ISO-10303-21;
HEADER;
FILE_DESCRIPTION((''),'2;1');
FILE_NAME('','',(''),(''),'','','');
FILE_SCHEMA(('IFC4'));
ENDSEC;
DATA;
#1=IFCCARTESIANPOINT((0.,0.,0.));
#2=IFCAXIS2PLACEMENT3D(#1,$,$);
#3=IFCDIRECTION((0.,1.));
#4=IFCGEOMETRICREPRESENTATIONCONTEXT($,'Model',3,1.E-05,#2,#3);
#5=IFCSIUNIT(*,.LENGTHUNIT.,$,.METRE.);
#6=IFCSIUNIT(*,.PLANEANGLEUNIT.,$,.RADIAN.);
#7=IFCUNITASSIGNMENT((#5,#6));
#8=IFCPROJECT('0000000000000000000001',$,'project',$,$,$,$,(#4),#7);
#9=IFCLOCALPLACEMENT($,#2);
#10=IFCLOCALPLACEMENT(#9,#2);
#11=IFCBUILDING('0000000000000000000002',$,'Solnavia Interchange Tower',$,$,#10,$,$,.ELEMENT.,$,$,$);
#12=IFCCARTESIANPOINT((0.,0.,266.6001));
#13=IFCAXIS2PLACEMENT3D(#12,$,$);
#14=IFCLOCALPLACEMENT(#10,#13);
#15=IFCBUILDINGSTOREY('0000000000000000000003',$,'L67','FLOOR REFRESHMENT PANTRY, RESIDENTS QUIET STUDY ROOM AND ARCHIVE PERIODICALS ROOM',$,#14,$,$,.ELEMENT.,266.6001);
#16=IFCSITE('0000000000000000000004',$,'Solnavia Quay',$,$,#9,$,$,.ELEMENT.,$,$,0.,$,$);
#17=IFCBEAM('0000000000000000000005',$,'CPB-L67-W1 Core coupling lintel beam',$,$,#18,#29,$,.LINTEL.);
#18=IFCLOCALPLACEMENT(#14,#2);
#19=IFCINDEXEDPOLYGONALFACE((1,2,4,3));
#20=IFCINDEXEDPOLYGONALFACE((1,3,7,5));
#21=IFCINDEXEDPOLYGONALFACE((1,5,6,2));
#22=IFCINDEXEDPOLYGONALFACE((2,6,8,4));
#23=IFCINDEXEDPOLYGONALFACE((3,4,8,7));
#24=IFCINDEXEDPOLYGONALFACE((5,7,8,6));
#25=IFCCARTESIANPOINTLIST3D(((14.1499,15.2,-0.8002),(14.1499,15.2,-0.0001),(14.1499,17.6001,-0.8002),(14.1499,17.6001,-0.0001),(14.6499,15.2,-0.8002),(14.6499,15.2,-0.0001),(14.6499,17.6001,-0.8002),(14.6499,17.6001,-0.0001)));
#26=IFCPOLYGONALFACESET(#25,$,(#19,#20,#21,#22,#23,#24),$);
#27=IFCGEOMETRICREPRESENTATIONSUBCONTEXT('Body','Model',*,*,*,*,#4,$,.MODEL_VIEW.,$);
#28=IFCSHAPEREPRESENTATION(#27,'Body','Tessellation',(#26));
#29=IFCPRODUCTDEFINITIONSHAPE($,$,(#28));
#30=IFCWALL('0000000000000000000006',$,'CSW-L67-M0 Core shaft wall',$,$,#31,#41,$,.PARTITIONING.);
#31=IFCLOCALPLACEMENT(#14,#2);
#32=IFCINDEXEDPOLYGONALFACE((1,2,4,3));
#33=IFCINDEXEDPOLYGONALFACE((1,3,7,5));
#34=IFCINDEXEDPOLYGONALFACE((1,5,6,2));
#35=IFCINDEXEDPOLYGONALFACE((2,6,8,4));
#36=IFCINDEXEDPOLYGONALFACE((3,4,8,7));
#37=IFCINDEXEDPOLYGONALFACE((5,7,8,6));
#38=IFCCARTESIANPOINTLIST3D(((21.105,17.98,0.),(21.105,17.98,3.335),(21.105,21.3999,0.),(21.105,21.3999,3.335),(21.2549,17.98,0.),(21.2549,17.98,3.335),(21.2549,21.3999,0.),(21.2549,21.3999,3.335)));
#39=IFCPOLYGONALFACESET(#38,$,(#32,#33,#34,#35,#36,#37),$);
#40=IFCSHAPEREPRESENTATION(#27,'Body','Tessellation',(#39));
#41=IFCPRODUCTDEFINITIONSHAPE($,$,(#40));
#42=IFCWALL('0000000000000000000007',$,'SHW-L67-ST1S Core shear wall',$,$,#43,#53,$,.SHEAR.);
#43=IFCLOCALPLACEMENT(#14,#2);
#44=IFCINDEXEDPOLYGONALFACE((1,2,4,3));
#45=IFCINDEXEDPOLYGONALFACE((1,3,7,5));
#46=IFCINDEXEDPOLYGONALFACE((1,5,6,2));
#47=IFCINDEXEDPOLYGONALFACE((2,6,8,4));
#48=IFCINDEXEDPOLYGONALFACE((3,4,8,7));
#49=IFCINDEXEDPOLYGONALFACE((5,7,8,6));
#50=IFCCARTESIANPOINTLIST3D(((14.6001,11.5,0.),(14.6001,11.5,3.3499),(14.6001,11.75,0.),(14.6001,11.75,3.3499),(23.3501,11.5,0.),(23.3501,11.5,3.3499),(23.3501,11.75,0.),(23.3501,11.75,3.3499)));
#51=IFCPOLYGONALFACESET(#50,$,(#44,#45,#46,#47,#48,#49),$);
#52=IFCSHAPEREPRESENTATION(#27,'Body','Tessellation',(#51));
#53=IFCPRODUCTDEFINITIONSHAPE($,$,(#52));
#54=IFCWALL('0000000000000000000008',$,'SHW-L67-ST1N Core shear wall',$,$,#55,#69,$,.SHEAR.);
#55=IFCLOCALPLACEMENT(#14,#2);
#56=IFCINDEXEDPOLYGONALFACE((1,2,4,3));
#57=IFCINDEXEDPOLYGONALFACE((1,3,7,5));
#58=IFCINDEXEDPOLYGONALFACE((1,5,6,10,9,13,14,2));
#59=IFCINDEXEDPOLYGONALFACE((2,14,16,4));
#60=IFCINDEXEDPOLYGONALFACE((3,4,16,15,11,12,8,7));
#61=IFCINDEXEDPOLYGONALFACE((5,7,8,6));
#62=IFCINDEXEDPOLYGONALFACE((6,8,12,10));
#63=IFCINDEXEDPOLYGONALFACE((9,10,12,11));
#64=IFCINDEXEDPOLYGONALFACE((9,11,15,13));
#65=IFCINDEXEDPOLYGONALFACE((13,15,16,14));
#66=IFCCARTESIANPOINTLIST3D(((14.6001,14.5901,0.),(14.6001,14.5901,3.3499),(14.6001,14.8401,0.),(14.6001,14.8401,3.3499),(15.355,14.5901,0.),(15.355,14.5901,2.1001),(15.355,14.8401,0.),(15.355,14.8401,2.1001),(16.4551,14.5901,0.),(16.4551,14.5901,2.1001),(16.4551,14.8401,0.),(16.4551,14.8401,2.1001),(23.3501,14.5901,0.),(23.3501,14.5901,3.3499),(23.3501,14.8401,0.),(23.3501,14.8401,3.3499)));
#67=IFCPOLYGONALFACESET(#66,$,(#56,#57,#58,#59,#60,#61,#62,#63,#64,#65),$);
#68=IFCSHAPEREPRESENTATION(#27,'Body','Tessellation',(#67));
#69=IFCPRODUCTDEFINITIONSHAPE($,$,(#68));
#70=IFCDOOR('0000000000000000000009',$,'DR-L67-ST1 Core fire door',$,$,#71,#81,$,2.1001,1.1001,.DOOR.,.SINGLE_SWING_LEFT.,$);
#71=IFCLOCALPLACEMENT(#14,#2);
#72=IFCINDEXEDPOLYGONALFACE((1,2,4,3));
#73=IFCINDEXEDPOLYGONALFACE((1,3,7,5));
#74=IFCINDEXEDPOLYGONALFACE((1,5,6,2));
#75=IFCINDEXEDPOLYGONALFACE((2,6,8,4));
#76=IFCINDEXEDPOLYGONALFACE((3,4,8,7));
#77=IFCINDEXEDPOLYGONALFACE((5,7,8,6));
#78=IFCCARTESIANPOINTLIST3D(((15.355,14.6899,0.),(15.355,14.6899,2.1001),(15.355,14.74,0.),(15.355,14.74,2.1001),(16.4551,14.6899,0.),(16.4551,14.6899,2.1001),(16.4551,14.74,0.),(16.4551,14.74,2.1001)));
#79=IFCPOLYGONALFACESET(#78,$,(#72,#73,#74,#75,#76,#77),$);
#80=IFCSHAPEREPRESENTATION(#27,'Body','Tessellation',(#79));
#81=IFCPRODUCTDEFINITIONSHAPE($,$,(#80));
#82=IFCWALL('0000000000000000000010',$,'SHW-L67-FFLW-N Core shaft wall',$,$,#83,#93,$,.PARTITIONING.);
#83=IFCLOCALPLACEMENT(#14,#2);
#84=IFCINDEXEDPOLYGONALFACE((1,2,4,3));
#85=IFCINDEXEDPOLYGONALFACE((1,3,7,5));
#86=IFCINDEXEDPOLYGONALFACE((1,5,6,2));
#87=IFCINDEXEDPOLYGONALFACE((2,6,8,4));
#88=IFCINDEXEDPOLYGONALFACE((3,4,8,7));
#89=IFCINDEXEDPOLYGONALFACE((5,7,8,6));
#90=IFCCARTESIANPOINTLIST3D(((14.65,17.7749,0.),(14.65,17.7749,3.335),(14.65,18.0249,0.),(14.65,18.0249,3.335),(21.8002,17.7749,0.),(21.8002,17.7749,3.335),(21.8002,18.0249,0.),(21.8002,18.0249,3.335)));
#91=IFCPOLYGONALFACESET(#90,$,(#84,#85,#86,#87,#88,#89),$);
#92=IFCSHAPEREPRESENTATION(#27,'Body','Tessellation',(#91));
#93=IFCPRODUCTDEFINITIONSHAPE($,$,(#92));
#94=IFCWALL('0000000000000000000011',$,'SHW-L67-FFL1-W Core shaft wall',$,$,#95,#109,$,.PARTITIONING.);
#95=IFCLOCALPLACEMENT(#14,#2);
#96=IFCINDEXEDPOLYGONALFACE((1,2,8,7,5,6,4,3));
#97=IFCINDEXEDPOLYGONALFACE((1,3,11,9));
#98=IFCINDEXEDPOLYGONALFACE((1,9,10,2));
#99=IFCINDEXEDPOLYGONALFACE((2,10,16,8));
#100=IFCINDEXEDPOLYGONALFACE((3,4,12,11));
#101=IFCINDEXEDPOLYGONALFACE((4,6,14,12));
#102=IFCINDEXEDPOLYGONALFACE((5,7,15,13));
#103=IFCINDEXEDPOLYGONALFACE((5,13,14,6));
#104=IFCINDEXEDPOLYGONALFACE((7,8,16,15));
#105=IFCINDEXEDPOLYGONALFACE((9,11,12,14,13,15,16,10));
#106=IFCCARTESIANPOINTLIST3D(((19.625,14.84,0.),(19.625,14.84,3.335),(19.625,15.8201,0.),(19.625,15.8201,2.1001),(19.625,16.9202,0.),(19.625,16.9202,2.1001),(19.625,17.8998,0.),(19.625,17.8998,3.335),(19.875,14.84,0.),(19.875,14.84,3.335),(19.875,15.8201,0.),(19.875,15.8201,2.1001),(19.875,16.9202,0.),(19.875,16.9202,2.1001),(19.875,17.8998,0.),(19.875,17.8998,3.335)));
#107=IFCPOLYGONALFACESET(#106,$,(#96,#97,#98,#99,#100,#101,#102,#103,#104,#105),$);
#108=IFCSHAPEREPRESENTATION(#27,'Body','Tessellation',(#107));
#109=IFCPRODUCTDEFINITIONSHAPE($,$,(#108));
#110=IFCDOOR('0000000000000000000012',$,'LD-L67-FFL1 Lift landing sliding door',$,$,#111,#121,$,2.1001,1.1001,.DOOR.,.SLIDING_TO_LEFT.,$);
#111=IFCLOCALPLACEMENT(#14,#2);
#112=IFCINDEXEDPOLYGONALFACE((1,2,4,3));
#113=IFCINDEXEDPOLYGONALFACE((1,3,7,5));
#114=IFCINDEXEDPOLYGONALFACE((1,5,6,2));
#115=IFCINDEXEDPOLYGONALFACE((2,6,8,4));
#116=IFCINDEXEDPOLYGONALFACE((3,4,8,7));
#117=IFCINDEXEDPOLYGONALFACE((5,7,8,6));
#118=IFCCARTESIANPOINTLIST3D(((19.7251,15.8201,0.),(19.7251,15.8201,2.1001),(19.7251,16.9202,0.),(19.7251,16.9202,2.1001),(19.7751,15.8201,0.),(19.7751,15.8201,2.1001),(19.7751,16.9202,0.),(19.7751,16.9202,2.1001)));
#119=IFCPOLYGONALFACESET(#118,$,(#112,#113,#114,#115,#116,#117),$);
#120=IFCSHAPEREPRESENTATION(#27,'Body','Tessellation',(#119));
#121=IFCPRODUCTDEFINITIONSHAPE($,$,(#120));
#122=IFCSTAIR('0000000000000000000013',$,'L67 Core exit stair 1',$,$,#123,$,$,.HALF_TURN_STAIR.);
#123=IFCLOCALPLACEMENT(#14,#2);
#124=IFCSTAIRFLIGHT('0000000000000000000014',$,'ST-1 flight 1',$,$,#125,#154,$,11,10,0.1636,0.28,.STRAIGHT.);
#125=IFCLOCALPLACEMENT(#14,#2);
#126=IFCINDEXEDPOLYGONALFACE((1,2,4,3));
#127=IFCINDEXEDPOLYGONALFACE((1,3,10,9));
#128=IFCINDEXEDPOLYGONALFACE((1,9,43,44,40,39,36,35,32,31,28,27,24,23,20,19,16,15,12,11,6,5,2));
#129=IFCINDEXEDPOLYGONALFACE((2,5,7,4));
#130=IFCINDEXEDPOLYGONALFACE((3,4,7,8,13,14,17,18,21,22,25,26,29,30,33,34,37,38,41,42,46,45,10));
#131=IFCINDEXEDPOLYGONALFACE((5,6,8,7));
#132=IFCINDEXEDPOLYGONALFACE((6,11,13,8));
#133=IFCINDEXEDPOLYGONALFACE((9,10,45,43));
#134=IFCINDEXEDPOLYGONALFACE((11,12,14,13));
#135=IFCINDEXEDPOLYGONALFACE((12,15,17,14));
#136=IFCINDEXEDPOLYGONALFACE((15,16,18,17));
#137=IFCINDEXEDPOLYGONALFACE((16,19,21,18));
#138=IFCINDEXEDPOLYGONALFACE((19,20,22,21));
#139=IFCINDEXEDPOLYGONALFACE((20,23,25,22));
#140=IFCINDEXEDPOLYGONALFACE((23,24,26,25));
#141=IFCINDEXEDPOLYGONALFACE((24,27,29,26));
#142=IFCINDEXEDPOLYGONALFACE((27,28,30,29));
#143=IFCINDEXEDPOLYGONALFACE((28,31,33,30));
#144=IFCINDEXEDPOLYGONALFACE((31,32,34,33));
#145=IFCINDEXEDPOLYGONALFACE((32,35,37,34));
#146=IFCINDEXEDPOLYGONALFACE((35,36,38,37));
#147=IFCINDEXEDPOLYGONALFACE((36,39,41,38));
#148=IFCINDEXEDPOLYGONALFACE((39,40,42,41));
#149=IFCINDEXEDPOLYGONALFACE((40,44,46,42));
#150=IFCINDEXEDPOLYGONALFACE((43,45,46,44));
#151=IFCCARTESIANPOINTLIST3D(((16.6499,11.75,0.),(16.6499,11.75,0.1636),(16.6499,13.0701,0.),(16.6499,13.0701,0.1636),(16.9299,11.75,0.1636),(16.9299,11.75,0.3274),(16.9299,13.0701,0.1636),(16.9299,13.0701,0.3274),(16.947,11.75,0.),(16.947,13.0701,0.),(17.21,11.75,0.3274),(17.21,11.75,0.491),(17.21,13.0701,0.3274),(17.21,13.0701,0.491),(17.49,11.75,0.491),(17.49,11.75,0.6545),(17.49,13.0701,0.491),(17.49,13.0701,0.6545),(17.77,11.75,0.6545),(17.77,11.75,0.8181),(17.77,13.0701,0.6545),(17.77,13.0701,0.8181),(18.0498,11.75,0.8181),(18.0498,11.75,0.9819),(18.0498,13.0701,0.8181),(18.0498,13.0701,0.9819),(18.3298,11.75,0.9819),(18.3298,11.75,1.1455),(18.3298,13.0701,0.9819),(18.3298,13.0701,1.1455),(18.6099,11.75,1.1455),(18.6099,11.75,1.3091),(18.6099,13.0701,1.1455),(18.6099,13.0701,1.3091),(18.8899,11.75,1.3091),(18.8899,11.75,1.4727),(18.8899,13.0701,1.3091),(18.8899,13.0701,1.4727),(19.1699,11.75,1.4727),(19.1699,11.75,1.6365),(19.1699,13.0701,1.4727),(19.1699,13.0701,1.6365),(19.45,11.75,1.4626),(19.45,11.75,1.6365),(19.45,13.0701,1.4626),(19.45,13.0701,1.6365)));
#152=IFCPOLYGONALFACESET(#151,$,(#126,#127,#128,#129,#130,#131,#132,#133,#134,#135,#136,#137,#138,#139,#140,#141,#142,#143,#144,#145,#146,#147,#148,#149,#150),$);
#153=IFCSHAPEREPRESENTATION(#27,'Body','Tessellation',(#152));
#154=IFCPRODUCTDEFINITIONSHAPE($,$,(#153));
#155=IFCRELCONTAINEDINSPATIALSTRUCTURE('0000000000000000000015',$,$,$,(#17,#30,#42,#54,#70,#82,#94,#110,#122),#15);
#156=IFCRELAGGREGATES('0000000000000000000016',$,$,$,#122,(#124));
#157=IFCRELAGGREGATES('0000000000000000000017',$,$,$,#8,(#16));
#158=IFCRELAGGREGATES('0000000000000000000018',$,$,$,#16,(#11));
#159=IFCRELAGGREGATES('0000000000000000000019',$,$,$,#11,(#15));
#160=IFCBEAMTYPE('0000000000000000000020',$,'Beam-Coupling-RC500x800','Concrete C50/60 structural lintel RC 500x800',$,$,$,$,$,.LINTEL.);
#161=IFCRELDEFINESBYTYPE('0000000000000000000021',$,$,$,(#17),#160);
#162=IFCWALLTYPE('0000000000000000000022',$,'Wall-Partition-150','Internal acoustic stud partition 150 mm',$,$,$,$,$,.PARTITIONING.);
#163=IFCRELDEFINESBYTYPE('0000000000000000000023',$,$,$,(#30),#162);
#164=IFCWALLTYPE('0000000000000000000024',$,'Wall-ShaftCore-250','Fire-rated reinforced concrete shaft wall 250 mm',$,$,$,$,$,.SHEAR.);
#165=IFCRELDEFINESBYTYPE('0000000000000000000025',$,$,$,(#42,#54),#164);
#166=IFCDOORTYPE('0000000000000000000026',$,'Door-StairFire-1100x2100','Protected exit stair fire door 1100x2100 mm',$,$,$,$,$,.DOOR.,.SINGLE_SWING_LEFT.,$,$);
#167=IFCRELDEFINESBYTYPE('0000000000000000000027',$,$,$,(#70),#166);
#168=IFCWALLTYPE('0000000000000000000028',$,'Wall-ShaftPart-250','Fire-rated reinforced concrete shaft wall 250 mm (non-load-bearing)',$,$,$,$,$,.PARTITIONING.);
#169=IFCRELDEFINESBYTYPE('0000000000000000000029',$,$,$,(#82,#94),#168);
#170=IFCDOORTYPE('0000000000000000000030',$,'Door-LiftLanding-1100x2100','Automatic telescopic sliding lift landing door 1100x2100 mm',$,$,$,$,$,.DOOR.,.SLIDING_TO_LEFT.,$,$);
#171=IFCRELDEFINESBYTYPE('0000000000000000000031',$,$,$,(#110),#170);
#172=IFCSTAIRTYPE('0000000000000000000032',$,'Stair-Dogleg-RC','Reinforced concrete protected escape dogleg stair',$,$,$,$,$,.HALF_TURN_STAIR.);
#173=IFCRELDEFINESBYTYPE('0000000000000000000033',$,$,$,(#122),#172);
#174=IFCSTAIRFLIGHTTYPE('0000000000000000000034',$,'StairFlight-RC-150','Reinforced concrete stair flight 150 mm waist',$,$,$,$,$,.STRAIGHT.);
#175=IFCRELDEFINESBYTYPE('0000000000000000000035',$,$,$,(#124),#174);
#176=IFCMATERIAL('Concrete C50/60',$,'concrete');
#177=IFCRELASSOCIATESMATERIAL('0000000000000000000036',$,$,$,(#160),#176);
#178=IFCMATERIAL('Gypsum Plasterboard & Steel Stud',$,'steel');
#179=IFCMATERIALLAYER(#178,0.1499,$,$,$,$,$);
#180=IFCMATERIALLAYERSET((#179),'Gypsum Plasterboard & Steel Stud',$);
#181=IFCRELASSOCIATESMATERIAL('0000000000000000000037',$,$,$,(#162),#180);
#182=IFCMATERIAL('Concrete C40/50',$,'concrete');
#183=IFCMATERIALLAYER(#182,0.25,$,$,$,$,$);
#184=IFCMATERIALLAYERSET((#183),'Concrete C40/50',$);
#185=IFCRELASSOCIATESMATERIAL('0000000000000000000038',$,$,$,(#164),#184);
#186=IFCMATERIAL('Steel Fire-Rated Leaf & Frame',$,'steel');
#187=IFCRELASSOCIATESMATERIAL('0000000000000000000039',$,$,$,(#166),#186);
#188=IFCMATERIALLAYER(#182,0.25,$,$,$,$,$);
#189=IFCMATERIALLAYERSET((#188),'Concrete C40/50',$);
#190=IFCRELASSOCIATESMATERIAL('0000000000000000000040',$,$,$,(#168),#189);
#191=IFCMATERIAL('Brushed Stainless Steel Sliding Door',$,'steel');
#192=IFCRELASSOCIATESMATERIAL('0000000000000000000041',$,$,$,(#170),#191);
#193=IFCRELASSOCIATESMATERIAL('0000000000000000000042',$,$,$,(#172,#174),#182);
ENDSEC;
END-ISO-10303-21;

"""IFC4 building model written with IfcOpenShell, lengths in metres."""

from ifc_helpers import new_model, si_unit, direction, frame, frame_2d, origin, origin_2d, place, context, subcontext, project, spatial, polyline, rectangle, outline, extrude, material, layer, layer_set, material_profile, profile_set, type_object, element, fill, aggregate, save


model = new_model("IFC4")

# Units and contexts
model_context = context("Model", 3, precision=1e-05, world=origin(), true_north=direction((0.0, 1.0)))
body_context = subcontext(model_context, "Body", "Model", "MODEL_VIEW")
ifc_project = project(units=[si_unit("LENGTHUNIT", "METRE"), si_unit("PLANEANGLEUNIT", "RADIAN")], contexts=[model_context])

# Site, building, storey
site_placement = place(None, origin())
site = spatial("IfcSite", under=ifc_project, at=site_placement, Name="Solnavia Quay", CompositionType="ELEMENT", RefElevation=0.0)
building_placement = place(site_placement, origin())
building = spatial("IfcBuilding", under=site, at=building_placement, Name="Solnavia Interchange Tower", CompositionType="ELEMENT")
storey_placement = place(building_placement, frame((0.0, 0.0, 266.6001)))
storey = spatial("IfcBuildingStorey", under=building, at=storey_placement, Name="L67", Description="FLOOR REFRESHMENT PANTRY, RESIDENTS QUIET STUDY ROOM AND ARCHIVE PERIODICALS ROOM", CompositionType="ELEMENT", Elevation=266.6001)

# Beam
ifc_material_1 = material(Name="Concrete C50/60", Category="concrete")
ifc_material_profile = material_profile(ifc_material_1, rectangle(XDim=0.5, YDim=0.8, at=origin_2d()), Name="RC 500x800")
ifc_profile_set = profile_set([ifc_material_profile], Name="Concrete C50/60")
beam_type = type_object("IfcBeamType", Name="Beam-Coupling-RC500x800", Description="Concrete C50/60 structural lintel RC 500x800", PredefinedType="LINTEL", material=ifc_profile_set)
beam_placement = place(storey_placement, frame((14.3999, 15.2, -0.4001), z_axis=(0.0, 1.0, 0.0), x_axis=(-1.0, 0.0, 0.0)))
element("IfcBeam", 1, at=beam_placement, inside=storey, type_object=beam_type, Name="CPB-L67-W1 Core coupling lintel beam", PredefinedType="LINTEL", context=body_context, shape_type="SweptSolid", body=[
    extrude(rectangle(XDim=0.5, YDim=0.8, at=origin_2d()), origin(), (0.0, 0.0, 1.0), 2.4001),
])

# Walls
ifc_material_2 = material(Name="Gypsum Plasterboard & Steel Stud", Category="steel")
ifc_layer_1 = layer(ifc_material_2, 0.1499)
ifc_layer_set_1 = layer_set([ifc_layer_1], Name="Gypsum Plasterboard & Steel Stud")
wall_type_1 = type_object("IfcWallType", Name="Wall-Partition-150", Description="Internal acoustic stud partition 150 mm", PredefinedType="PARTITIONING", material=ifc_layer_set_1)
wall_1_placement = place(storey_placement, frame((21.1799, 17.98, 0.0), z_axis=(0.0, 0.0, 1.0), x_axis=(0.0, 1.0, 0.0)))
element("IfcWall", 2, at=wall_1_placement, inside=storey, type_object=wall_type_1, Name="CSW-L67-M0 Core shaft wall", PredefinedType="PARTITIONING", context=body_context, shape_type="SweptSolid", body=[
    extrude(rectangle(XDim=3.4199, YDim=0.1499, at=frame_2d((1.71, 0.0))), origin(), (0.0, 0.0, 1.0), 3.335),
])
ifc_material_3 = material(Name="Concrete C40/50", Category="concrete")
ifc_layer_2 = layer(ifc_material_3, 0.25)
ifc_layer_set_2 = layer_set([ifc_layer_2], Name="Concrete C40/50")
wall_type_2 = type_object("IfcWallType", Name="Wall-ShaftCore-250", Description="Fire-rated reinforced concrete shaft wall 250 mm", PredefinedType="SHEAR", material=ifc_layer_set_2)
wall_2_placement = place(storey_placement, frame((14.6001, 11.625, 0.0), z_axis=(0.0, 0.0, 1.0), x_axis=(1.0, 0.0, 0.0)))
element("IfcWall", 3, at=wall_2_placement, inside=storey, type_object=wall_type_2, Name="SHW-L67-ST1S Core shear wall", PredefinedType="SHEAR", context=body_context, shape_type="SweptSolid", body=[
    extrude(rectangle(XDim=8.75, YDim=0.25, at=frame_2d((4.375, 0.0))), origin(), (0.0, 0.0, 1.0), 3.3499),
])

# Wall, opening, door
wall_3_placement = place(storey_placement, frame((14.6001, 14.7151, 0.0), z_axis=(0.0, 0.0, 1.0), x_axis=(1.0, 0.0, 0.0)))
wall_3 = element("IfcWall", 4, at=wall_3_placement, inside=storey, type_object=wall_type_2, Name="SHW-L67-ST1N Core shear wall", PredefinedType="SHEAR", context=body_context, shape_type="SweptSolid", body=[
    extrude(rectangle(XDim=8.75, YDim=0.25, at=frame_2d((4.375, 0.0))), origin(), (0.0, 0.0, 1.0), 3.3499),
])
opening_1_placement = place(wall_3_placement, frame((0.7549, 0.0, 0.0)))
opening_1 = element("IfcOpeningElement", 5, at=opening_1_placement, cuts=wall_3, PredefinedType="OPENING", context=body_context, shape_type="SweptSolid", body=[
    extrude(rectangle(XDim=1.1001, YDim=2.1001, at=frame_2d((0.55, 1.05))), frame((0.0, 0.135, 0.0), z_axis=(0.0, -1.0, 0.0), x_axis=(1.0, 0.0, 0.0)), (0.0, 0.0, 1.0), 0.27),
])
ifc_material_4 = material(Name="Steel Fire-Rated Leaf & Frame", Category="steel")
door_type_1 = type_object("IfcDoorType", Name="Door-StairFire-1100x2100", Description="Protected exit stair fire door 1100x2100 mm", OperationType="SINGLE_SWING_LEFT", PredefinedType="DOOR", material=ifc_material_4)
door_1_placement = place(opening_1_placement, origin())
door_1 = element("IfcDoor", 6, at=door_1_placement, inside=storey, type_object=door_type_1, Name="DR-L67-ST1 Core fire door", OperationType="SINGLE_SWING_LEFT", OverallHeight=2.1001, OverallWidth=1.1001, PredefinedType="DOOR", context=body_context, shape_type="SweptSolid", body=[
    extrude(rectangle(XDim=1.1001, YDim=2.1001, at=frame_2d((0.55, 1.05))), frame((0.0, 0.0249, 0.0), z_axis=(0.0, -1.0, 0.0), x_axis=(1.0, 0.0, 0.0)), (0.0, 0.0, 1.0), 0.05),
])
fill(opening_1, door_1)

# Wall
ifc_layer_3 = layer(ifc_material_3, 0.25)
ifc_layer_set_3 = layer_set([ifc_layer_3], Name="Concrete C40/50")
wall_type_3 = type_object("IfcWallType", Name="Wall-ShaftPart-250", Description="Fire-rated reinforced concrete shaft wall 250 mm (non-load-bearing)", PredefinedType="PARTITIONING", material=ifc_layer_set_3)
wall_4_placement = place(storey_placement, frame((14.6499, 17.8999, 0.0), z_axis=(0.0, 0.0, 1.0), x_axis=(1.0, 0.0, 0.0)))
element("IfcWall", 7, at=wall_4_placement, inside=storey, type_object=wall_type_3, Name="SHW-L67-FFLW-N Core shaft wall", PredefinedType="PARTITIONING", context=body_context, shape_type="SweptSolid", body=[
    extrude(rectangle(XDim=7.1501, YDim=0.25, at=frame_2d((3.5752, 0.0))), origin(), (0.0, 0.0, 1.0), 3.335),
])

# Wall, opening, door
wall_5_placement = place(storey_placement, frame((19.75, 14.8401, 0.0), z_axis=(0.0, 0.0, 1.0), x_axis=(0.0, 1.0, 0.0)))
wall_5 = element("IfcWall", 8, at=wall_5_placement, inside=storey, type_object=wall_type_3, Name="SHW-L67-FFL1-W Core shaft wall", PredefinedType="PARTITIONING", context=body_context, shape_type="SweptSolid", body=[
    extrude(rectangle(XDim=3.0598, YDim=0.25, at=frame_2d((1.5298, 0.0))), origin(), (0.0, 0.0, 1.0), 3.335),
])
opening_2_placement = place(wall_5_placement, frame((0.98, 0.0, 0.0)))
opening_2 = element("IfcOpeningElement", 9, at=opening_2_placement, cuts=wall_5, PredefinedType="OPENING", context=body_context, shape_type="SweptSolid", body=[
    extrude(rectangle(XDim=1.1001, YDim=2.1001, at=frame_2d((0.55, 1.05))), frame((0.0, 0.135, 0.0), z_axis=(0.0, -1.0, 0.0), x_axis=(1.0, 0.0, 0.0)), (0.0, 0.0, 1.0), 0.27),
])
ifc_material_5 = material(Name="Brushed Stainless Steel Sliding Door", Category="steel")
door_type_2 = type_object("IfcDoorType", Name="Door-LiftLanding-1100x2100", Description="Automatic telescopic sliding lift landing door 1100x2100 mm", OperationType="SLIDING_TO_LEFT", PredefinedType="DOOR", material=ifc_material_5)
door_2_placement = place(opening_2_placement, origin())
door_2 = element("IfcDoor", 10, at=door_2_placement, inside=storey, type_object=door_type_2, Name="LD-L67-FFL1 Lift landing sliding door", OperationType="SLIDING_TO_LEFT", OverallHeight=2.1001, OverallWidth=1.1001, PredefinedType="DOOR", context=body_context, shape_type="SweptSolid", body=[
    extrude(rectangle(XDim=1.1001, YDim=2.1001, at=frame_2d((0.55, 1.05))), frame((0.0, 0.0249, 0.0), z_axis=(0.0, -1.0, 0.0), x_axis=(1.0, 0.0, 0.0)), (0.0, 0.0, 1.0), 0.05),
])
fill(opening_2, door_2)

# Stair, stair flight
stair_type = type_object("IfcStairType", Name="Stair-Dogleg-RC", Description="Reinforced concrete protected escape dogleg stair", PredefinedType="HALF_TURN_STAIR", material=ifc_material_3)
stair_placement = place(storey_placement, origin())
stair = element("IfcStair", 11, at=stair_placement, inside=storey, type_object=stair_type, Name="L67 Core exit stair 1", PredefinedType="HALF_TURN_STAIR")
stair_flight_type = type_object("IfcStairFlightType", Name="StairFlight-RC-150", Description="Reinforced concrete stair flight 150 mm waist", PredefinedType="STRAIGHT", material=ifc_material_3)
stair_flight_1_placement = place(storey_placement, frame((16.6499, 12.4099, 0.0), z_axis=(0.0, 0.0, 1.0), x_axis=(1.0, 0.0, 0.0)))
stair_flight_1 = element("IfcStairFlight", 12, at=stair_flight_1_placement, type_object=stair_flight_type, Name="ST-1 flight 1", NumberOfRisers=11, NumberOfTreads=10, PredefinedType="STRAIGHT", RiserHeight=0.1636, TreadLength=0.28, context=body_context, shape_type="SweptSolid", body=[
    extrude(outline(polyline([(0.0, 0.0), (0.0, 0.1636), (0.28, 0.1636), (0.28, 0.3274), (0.5601, 0.3274), (0.5601, 0.491), (0.8401, 0.491), (0.8401, 0.6545), (1.1201, 0.6545), (1.1201, 0.8181), (1.3999, 0.8181), (1.3999, 0.9819), (1.6799, 0.9819), (1.6799, 1.1455), (1.96, 1.1455), (1.96, 1.3091), (2.24, 1.3091), (2.24, 1.4727), (2.52, 1.4727), (2.52, 1.6365), (2.8, 1.6365), (2.8, 1.8), (2.8, 1.4626), (0.2971, 0.0), (0.0, 0.0)])), frame((0.0, 0.6602, 0.0), z_axis=(0.0, -1.0, 0.0), x_axis=(1.0, 0.0, 0.0)), (0.0, 0.0, 1.0), 1.3201),
])
aggregate(stair, [stair_flight_1])

save(model, "model.ifc")
